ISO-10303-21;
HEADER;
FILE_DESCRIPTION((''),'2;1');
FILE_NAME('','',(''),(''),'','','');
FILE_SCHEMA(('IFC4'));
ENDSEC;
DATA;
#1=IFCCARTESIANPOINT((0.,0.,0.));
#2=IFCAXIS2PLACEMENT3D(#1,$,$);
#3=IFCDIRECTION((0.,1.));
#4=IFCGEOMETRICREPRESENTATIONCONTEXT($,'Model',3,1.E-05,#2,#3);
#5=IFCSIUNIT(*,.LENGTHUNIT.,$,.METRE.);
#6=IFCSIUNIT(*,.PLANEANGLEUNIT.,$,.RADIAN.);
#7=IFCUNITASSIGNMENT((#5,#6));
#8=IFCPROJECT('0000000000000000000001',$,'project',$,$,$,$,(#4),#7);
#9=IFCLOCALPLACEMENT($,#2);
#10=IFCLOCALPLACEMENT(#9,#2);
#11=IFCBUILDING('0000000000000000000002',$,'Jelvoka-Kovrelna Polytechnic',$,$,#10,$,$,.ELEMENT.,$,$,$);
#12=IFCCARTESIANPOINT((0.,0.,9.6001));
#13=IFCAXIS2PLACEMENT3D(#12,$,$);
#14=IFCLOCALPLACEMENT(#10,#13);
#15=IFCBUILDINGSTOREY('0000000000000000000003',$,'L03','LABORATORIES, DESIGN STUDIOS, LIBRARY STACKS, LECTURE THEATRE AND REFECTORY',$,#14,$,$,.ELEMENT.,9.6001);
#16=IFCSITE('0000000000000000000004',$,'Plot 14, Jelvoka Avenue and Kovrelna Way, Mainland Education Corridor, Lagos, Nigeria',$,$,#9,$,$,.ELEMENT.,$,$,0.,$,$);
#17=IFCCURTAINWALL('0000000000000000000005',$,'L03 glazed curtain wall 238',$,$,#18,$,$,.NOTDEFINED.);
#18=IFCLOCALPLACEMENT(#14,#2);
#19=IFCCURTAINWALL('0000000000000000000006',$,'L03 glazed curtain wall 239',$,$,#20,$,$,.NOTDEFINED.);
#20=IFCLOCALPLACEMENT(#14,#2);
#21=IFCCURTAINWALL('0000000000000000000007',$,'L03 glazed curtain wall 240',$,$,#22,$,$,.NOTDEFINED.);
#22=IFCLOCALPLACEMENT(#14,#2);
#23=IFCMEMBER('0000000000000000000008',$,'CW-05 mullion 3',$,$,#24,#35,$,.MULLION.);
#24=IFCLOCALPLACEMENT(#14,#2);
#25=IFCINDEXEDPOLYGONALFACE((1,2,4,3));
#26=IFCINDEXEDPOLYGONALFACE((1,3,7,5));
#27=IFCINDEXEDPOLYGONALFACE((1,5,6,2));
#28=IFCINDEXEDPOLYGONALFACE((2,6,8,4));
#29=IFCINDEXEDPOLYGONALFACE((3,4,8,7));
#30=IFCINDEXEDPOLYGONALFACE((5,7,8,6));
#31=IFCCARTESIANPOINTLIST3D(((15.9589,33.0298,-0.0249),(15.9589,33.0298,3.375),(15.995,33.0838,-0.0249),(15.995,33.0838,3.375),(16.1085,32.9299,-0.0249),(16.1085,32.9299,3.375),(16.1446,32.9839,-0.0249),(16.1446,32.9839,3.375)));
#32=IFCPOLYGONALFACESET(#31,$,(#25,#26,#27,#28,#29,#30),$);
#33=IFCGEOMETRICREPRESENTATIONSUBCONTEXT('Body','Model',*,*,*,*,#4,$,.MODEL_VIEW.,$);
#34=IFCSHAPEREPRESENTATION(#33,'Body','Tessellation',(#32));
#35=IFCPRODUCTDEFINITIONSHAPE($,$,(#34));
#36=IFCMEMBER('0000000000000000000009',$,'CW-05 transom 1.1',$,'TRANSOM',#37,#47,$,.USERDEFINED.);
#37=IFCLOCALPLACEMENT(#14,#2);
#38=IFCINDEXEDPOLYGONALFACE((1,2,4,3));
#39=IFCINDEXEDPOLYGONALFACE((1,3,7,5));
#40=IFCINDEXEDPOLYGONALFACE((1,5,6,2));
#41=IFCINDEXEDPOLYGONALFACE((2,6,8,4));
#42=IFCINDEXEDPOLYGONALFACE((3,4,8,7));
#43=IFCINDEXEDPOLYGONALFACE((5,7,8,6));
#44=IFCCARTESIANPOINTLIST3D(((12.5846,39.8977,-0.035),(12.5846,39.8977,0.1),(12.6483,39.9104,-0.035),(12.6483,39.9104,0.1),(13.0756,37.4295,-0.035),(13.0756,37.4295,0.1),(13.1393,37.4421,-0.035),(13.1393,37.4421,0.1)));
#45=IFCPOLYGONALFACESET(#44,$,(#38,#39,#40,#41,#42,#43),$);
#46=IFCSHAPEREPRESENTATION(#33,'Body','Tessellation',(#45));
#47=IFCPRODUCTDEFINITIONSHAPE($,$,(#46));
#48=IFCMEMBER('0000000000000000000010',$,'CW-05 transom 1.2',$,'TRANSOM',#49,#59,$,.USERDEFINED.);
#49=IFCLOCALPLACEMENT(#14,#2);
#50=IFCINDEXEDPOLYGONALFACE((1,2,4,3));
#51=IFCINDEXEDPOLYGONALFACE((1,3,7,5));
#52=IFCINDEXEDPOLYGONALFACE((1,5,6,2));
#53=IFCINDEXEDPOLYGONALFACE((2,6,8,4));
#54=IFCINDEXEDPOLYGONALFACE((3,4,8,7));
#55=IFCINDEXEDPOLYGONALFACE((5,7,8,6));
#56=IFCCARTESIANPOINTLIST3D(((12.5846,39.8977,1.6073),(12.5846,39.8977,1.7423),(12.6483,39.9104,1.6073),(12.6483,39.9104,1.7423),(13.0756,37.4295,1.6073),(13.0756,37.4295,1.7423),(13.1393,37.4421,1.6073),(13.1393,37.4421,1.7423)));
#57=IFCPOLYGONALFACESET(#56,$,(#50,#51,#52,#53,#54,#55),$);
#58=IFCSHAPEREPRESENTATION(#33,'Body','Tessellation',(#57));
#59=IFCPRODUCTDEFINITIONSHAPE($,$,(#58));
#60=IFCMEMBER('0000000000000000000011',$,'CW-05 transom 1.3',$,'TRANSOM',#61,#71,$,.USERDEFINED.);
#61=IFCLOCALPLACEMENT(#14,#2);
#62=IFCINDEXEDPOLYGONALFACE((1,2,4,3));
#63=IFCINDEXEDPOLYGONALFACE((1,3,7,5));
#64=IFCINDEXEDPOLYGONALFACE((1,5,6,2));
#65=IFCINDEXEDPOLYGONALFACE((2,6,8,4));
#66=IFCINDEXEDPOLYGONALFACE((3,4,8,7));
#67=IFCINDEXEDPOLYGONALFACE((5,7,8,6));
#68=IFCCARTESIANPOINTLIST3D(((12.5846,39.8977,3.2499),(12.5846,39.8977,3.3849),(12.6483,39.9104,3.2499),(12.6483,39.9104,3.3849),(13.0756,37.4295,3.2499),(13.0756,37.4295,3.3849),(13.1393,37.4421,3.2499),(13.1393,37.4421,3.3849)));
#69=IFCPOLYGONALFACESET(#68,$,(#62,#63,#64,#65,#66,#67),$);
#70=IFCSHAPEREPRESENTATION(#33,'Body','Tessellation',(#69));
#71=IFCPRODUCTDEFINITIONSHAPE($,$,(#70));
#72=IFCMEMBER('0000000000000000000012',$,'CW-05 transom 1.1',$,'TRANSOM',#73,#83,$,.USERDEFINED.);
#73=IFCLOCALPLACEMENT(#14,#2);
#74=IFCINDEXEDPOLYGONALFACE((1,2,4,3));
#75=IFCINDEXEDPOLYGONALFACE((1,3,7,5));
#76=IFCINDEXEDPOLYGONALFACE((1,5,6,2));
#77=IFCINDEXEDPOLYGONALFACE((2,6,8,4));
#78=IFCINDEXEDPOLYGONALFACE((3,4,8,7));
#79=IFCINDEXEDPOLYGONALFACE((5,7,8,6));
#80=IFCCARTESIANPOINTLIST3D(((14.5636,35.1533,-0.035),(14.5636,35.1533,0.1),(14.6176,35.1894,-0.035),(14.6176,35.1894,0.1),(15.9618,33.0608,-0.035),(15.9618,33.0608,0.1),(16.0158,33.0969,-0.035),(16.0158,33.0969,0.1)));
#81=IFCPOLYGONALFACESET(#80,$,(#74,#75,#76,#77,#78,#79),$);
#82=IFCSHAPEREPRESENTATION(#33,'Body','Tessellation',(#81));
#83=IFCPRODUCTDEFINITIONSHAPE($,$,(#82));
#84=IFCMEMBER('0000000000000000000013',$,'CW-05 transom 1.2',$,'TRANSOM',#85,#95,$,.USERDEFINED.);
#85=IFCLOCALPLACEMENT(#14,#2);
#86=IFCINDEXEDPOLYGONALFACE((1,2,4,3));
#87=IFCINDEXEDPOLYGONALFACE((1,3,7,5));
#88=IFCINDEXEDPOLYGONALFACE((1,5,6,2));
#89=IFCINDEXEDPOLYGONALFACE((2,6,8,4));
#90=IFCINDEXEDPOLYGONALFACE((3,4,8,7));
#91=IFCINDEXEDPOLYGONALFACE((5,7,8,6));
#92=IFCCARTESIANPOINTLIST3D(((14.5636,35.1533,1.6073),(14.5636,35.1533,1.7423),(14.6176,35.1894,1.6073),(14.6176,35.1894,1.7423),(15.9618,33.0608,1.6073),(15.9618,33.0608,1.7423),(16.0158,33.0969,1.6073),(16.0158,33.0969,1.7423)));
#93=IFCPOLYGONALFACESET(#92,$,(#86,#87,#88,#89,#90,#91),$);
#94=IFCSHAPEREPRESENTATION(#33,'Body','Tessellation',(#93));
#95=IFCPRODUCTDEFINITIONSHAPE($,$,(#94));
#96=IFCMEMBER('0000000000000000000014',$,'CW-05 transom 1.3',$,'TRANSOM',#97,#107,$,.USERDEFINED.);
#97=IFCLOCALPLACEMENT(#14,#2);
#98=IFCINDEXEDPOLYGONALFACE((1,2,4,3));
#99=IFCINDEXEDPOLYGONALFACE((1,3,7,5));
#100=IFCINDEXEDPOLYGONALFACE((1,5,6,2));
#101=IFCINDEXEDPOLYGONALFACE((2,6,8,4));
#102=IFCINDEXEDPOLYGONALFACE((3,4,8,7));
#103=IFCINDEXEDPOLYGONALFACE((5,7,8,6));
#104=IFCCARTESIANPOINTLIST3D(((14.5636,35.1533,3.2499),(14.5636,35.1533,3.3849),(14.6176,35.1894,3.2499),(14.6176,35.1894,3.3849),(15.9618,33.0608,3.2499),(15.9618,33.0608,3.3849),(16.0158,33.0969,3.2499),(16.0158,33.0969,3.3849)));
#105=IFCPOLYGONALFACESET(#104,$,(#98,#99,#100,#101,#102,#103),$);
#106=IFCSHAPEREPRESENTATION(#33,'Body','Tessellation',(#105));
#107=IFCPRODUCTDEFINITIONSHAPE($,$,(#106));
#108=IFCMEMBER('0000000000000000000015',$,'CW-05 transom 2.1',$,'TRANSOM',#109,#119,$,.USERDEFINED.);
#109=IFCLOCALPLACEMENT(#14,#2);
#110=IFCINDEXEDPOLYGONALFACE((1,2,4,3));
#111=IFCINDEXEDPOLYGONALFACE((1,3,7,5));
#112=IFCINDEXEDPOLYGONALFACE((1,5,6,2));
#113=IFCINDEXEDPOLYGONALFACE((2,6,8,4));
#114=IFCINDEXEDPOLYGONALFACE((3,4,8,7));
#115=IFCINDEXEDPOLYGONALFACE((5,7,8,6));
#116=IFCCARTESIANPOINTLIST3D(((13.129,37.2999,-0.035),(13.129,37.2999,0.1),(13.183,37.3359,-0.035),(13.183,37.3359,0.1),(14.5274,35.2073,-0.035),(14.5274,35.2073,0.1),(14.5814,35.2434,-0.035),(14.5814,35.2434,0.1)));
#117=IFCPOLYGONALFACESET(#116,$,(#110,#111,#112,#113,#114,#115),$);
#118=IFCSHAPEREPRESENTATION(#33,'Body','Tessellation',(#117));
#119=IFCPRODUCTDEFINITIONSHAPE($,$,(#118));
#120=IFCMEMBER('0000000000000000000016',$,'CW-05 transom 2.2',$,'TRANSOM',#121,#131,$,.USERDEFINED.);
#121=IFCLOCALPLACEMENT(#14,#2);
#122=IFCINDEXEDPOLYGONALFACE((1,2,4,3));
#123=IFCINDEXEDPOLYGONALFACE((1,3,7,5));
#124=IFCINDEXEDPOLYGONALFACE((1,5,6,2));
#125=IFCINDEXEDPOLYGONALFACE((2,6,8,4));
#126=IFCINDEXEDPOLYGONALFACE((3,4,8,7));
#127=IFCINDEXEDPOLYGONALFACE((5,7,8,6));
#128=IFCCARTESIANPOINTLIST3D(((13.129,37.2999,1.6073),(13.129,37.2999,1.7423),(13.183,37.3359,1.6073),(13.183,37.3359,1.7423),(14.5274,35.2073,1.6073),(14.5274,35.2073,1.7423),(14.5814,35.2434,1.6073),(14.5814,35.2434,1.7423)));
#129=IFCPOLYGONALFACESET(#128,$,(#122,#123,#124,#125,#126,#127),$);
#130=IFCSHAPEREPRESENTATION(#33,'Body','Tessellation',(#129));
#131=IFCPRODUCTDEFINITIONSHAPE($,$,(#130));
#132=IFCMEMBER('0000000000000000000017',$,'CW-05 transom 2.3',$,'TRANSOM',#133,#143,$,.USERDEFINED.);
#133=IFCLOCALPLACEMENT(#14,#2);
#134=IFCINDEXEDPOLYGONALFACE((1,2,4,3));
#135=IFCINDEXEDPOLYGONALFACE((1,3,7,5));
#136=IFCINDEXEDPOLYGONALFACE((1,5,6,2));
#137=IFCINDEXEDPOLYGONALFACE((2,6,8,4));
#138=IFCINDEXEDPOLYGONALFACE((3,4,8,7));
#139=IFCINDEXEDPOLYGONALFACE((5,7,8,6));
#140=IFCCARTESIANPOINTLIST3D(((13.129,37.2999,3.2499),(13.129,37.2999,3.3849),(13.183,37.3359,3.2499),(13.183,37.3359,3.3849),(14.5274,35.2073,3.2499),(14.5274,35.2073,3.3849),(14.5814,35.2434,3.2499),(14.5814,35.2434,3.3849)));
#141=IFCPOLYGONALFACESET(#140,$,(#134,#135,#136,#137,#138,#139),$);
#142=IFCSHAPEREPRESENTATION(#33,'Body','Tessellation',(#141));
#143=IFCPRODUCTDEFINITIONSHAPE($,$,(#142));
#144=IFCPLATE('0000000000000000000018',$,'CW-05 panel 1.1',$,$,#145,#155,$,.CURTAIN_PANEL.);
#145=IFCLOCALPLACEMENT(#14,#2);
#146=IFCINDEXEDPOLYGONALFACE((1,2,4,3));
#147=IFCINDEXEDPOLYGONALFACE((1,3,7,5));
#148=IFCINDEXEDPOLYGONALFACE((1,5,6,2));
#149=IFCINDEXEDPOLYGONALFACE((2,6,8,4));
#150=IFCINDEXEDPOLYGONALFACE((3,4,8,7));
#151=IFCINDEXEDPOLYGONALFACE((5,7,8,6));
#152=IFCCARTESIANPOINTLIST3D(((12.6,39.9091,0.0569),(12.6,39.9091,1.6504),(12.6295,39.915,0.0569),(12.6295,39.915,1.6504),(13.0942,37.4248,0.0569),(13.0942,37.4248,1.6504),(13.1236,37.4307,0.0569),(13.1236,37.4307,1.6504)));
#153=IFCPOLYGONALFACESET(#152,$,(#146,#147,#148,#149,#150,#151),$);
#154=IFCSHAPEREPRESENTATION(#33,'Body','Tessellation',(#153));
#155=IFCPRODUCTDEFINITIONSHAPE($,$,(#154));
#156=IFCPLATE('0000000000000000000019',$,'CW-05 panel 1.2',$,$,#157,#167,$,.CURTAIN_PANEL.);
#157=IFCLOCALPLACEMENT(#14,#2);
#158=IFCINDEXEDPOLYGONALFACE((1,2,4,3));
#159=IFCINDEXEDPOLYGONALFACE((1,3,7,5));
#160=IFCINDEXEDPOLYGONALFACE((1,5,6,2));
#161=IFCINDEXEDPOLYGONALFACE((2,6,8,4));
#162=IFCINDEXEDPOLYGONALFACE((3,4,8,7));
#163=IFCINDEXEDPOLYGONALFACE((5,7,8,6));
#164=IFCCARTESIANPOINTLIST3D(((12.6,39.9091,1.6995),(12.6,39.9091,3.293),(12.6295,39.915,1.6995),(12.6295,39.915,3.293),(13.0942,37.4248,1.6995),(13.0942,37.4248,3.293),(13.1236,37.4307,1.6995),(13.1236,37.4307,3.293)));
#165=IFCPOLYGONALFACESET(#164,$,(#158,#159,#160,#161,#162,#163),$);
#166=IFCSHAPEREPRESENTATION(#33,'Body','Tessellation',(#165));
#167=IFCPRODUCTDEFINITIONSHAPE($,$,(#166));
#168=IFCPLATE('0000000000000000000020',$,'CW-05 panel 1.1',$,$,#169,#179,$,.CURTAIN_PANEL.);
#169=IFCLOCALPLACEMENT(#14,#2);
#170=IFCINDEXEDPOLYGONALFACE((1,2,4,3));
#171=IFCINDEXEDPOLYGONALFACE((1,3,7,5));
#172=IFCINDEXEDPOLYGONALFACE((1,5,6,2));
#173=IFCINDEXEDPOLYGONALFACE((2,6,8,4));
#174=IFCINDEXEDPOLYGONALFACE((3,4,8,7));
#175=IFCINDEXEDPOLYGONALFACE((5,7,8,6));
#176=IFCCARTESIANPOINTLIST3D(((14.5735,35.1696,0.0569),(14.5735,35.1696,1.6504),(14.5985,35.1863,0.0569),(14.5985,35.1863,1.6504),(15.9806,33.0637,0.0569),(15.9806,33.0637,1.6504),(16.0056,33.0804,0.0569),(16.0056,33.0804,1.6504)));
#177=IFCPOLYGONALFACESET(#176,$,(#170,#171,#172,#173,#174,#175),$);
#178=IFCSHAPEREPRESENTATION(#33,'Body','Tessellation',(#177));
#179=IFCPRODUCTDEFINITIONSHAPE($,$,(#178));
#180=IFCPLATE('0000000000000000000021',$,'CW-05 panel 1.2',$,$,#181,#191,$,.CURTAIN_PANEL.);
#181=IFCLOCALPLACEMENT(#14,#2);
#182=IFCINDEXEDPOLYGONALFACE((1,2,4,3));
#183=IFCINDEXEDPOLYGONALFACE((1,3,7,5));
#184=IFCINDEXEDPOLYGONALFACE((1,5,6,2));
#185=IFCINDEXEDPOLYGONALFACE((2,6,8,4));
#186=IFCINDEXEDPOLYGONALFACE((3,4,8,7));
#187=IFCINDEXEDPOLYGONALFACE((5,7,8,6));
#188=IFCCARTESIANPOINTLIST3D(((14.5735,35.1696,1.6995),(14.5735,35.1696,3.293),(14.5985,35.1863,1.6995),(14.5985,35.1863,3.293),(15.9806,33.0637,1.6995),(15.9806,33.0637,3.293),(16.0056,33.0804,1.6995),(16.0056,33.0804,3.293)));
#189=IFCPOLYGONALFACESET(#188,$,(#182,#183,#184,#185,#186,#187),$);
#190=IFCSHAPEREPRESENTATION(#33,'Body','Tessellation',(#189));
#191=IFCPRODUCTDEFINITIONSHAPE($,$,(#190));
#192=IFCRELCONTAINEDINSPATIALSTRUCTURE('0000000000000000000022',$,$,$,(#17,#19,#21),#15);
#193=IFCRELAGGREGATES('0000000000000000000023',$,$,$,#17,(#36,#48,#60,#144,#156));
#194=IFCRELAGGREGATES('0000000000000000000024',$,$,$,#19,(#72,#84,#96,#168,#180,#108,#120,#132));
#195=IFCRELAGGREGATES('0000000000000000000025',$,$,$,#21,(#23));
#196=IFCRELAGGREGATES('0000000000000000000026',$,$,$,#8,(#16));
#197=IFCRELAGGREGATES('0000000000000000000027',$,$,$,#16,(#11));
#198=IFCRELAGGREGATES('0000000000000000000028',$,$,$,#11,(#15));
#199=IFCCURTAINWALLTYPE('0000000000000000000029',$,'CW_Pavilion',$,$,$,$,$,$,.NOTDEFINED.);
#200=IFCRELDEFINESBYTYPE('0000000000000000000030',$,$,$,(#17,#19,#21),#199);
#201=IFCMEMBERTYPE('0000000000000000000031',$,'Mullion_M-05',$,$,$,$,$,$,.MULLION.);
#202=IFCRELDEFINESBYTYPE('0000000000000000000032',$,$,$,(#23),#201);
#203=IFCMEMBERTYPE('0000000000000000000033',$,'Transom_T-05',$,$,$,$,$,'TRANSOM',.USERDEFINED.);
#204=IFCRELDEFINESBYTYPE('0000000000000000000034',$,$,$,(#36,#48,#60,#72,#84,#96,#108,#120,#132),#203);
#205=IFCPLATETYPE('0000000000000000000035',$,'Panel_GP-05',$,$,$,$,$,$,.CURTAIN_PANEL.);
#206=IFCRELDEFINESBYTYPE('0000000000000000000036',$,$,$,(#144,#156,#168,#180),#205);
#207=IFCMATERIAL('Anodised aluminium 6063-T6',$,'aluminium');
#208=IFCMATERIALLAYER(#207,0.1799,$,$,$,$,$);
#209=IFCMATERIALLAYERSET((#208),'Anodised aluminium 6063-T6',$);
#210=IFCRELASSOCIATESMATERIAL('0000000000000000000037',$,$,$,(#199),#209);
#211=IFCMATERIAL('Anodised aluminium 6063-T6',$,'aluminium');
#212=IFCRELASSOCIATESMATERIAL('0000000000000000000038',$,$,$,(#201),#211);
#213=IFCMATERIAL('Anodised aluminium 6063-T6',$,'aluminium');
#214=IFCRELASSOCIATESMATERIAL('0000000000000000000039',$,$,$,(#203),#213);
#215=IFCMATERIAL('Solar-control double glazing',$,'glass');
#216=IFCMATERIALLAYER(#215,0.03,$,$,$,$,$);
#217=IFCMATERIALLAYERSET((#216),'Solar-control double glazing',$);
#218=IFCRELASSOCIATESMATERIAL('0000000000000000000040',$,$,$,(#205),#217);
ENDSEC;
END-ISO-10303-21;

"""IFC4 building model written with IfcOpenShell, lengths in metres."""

from ifc_helpers import new_model, si_unit, direction, frame, origin, origin_2d, place, context, subcontext, project, spatial, rectangle, extrude, material, layer, layer_set, material_profile, profile_set, type_object, element, aggregate, save


model = new_model("IFC4")

# Units and contexts
model_context = context("Model", 3, precision=1e-05, world=origin(), true_north=direction((0.0, 1.0)))
body_context = subcontext(model_context, "Body", "Model", "MODEL_VIEW")
ifc_project = project(units=[si_unit("LENGTHUNIT", "METRE"), si_unit("PLANEANGLEUNIT", "RADIAN")], contexts=[model_context])

# Site, building, storey
site_placement = place(None, origin())
site = spatial("IfcSite", under=ifc_project, at=site_placement, Name="Plot 14, Jelvoka Avenue and Kovrelna Way, Mainland Education Corridor, Lagos, Nigeria", CompositionType="ELEMENT", RefElevation=0.0)
building_placement = place(site_placement, origin())
building = spatial("IfcBuilding", under=site, at=building_placement, Name="Jelvoka-Kovrelna Polytechnic", CompositionType="ELEMENT")
storey_placement = place(building_placement, frame((0.0, 0.0, 9.6001)))
storey = spatial("IfcBuildingStorey", under=building, at=storey_placement, Name="L03", Description="LABORATORIES, DESIGN STUDIOS, LIBRARY STACKS, LECTURE THEATRE AND REFECTORY", CompositionType="ELEMENT", Elevation=9.6001)

# Curtain wall
ifc_material_1 = material(Name="Anodised aluminium 6063-T6", Category="aluminium")
ifc_layer_1 = layer(ifc_material_1, 0.1799)
ifc_layer_set_1 = layer_set([ifc_layer_1], Name="Anodised aluminium 6063-T6")
curtain_wall_type = type_object("IfcCurtainWallType", Name="CW_Pavilion", PredefinedType="NOTDEFINED", material=ifc_layer_set_1)
curtain_wall_1_placement = place(storey_placement, origin())
curtain_wall_1 = element("IfcCurtainWall", 1, at=curtain_wall_1_placement, inside=storey, type_object=curtain_wall_type, Name="L03 glazed curtain wall 238", PredefinedType="NOTDEFINED")
ifc_material_2 = material(Name="Anodised aluminium 6063-T6", Category="aluminium")
ifc_material_profile_1 = material_profile(ifc_material_2, rectangle(XDim=0.0649, YDim=0.1799, at=origin_2d()), Name="ALU 65x180")
ifc_profile_set_1 = profile_set([ifc_material_profile_1], Name="Anodised aluminium 6063-T6")
member_type_1 = type_object("IfcMemberType", Name="Mullion_M-05", PredefinedType="MULLION", material=ifc_profile_set_1)

# Curtain wall
curtain_wall_2_placement = place(storey_placement, origin())
curtain_wall_2 = element("IfcCurtainWall", 2, at=curtain_wall_2_placement, inside=storey, type_object=curtain_wall_type, Name="L03 glazed curtain wall 239", PredefinedType="NOTDEFINED")

# Curtain wall, member
curtain_wall_3_placement = place(storey_placement, origin())
curtain_wall_3 = element("IfcCurtainWall", 3, at=curtain_wall_3_placement, inside=storey, type_object=curtain_wall_type, Name="L03 glazed curtain wall 240", PredefinedType="NOTDEFINED")
member_1_placement = place(storey_placement, frame((16.0518, 33.0068, -0.0249), z_axis=(0.0, 0.0, 1.0), x_axis=(-0.555583, -0.831461, 0.0)))
member_1 = element("IfcMember", 4, at=member_1_placement, type_object=member_type_1, Name="CW-05 mullion 3", PredefinedType="MULLION", context=body_context, shape_type="SweptSolid", body=[
    extrude(rectangle(XDim=0.0649, YDim=0.1799, at=origin_2d()), origin(), (0.0, 0.0, 1.0), 3.3999),
])

# Members
ifc_material_3 = material(Name="Anodised aluminium 6063-T6", Category="aluminium")
ifc_material_profile_2 = material_profile(ifc_material_3, rectangle(XDim=0.0649, YDim=0.135, at=origin_2d()), Name="ALU 65x135")
ifc_profile_set_2 = profile_set([ifc_material_profile_2], Name="Anodised aluminium 6063-T6")
member_type_2 = type_object("IfcMemberType", Name="Transom_T-05", ElementType="TRANSOM", PredefinedType="USERDEFINED", material=ifc_profile_set_2)
member_2_placement = place(storey_placement, frame((13.1074, 37.4358, 0.0325), z_axis=(-0.19509, 0.980785, 0.0), x_axis=(-0.980785, -0.19509, 0.0)))
member_2 = element("IfcMember", 5, at=member_2_placement, type_object=member_type_2, Name="CW-05 transom 1.1", ObjectType="TRANSOM", PredefinedType="USERDEFINED", context=body_context, shape_type="SweptSolid", body=[
    extrude(rectangle(XDim=0.0649, YDim=0.135, at=origin_2d()), origin(), (0.0, 0.0, 1.0), 2.5166),
])
member_3_placement = place(storey_placement, frame((13.1074, 37.4358, 1.6748), z_axis=(-0.19509, 0.980785, 0.0), x_axis=(-0.980785, -0.19509, 0.0)))
member_3 = element("IfcMember", 6, at=member_3_placement, type_object=member_type_2, Name="CW-05 transom 1.2", ObjectType="TRANSOM", PredefinedType="USERDEFINED", context=body_context, shape_type="SweptSolid", body=[
    extrude(rectangle(XDim=0.0649, YDim=0.135, at=origin_2d()), origin(), (0.0, 0.0, 1.0), 2.5166),
])
member_4_placement = place(storey_placement, frame((13.1074, 37.4358, 3.3174), z_axis=(-0.19509, 0.980785, 0.0), x_axis=(-0.980785, -0.19509, 0.0)))
member_4 = element("IfcMember", 7, at=member_4_placement, type_object=member_type_2, Name="CW-05 transom 1.3", ObjectType="TRANSOM", PredefinedType="USERDEFINED", context=body_context, shape_type="SweptSolid", body=[
    extrude(rectangle(XDim=0.0649, YDim=0.135, at=origin_2d()), origin(), (0.0, 0.0, 1.0), 2.5166),
])
member_5_placement = place(storey_placement, frame((15.9888, 33.0789, 0.0325), z_axis=(-0.555573, 0.831468, 0.0), x_axis=(-0.831468, -0.555573, 0.0)))
member_5 = element("IfcMember", 8, at=member_5_placement, type_object=member_type_2, Name="CW-05 transom 1.1", ObjectType="TRANSOM", PredefinedType="USERDEFINED", context=body_context, shape_type="SweptSolid", body=[
    extrude(rectangle(XDim=0.0649, YDim=0.135, at=origin_2d()), origin(), (0.0, 0.0, 1.0), 2.5166),
])
member_6_placement = place(storey_placement, frame((15.9888, 33.0789, 1.6748), z_axis=(-0.555573, 0.831468, 0.0), x_axis=(-0.831468, -0.555573, 0.0)))
member_6 = element("IfcMember", 9, at=member_6_placement, type_object=member_type_2, Name="CW-05 transom 1.2", ObjectType="TRANSOM", PredefinedType="USERDEFINED", context=body_context, shape_type="SweptSolid", body=[
    extrude(rectangle(XDim=0.0649, YDim=0.135, at=origin_2d()), origin(), (0.0, 0.0, 1.0), 2.5166),
])
member_7_placement = place(storey_placement, frame((15.9888, 33.0789, 3.3174), z_axis=(-0.555573, 0.831468, 0.0), x_axis=(-0.831468, -0.555573, 0.0)))
member_7 = element("IfcMember", 10, at=member_7_placement, type_object=member_type_2, Name="CW-05 transom 1.3", ObjectType="TRANSOM", PredefinedType="USERDEFINED", context=body_context, shape_type="SweptSolid", body=[
    extrude(rectangle(XDim=0.0649, YDim=0.135, at=origin_2d()), origin(), (0.0, 0.0, 1.0), 2.5166),
])
member_8_placement = place(storey_placement, frame((14.5544, 35.2253, 0.0325), z_axis=(-0.55564, 0.831423, 0.0), x_axis=(-0.831423, -0.55564, 0.0)))
member_8 = element("IfcMember", 11, at=member_8_placement, type_object=member_type_2, Name="CW-05 transom 2.1", ObjectType="TRANSOM", PredefinedType="USERDEFINED", context=body_context, shape_type="SweptSolid", body=[
    extrude(rectangle(XDim=0.0649, YDim=0.135, at=origin_2d()), origin(), (0.0, 0.0, 1.0), 2.5168),
])
member_9_placement = place(storey_placement, frame((14.5544, 35.2253, 1.6748), z_axis=(-0.55564, 0.831423, 0.0), x_axis=(-0.831423, -0.55564, 0.0)))
member_9 = element("IfcMember", 12, at=member_9_placement, type_object=member_type_2, Name="CW-05 transom 2.2", ObjectType="TRANSOM", PredefinedType="USERDEFINED", context=body_context, shape_type="SweptSolid", body=[
    extrude(rectangle(XDim=0.0649, YDim=0.135, at=origin_2d()), origin(), (0.0, 0.0, 1.0), 2.5168),
])
member_10_placement = place(storey_placement, frame((14.5544, 35.2253, 3.3174), z_axis=(-0.55564, 0.831423, 0.0), x_axis=(-0.831423, -0.55564, 0.0)))
member_10 = element("IfcMember", 13, at=member_10_placement, type_object=member_type_2, Name="CW-05 transom 2.3", ObjectType="TRANSOM", PredefinedType="USERDEFINED", context=body_context, shape_type="SweptSolid", body=[
    extrude(rectangle(XDim=0.0649, YDim=0.135, at=origin_2d()), origin(), (0.0, 0.0, 1.0), 2.5168),
])

# Plates
ifc_material_4 = material(Name="Solar-control double glazing", Category="glass")
ifc_layer_2 = layer(ifc_material_4, 0.03)
ifc_layer_set_2 = layer_set([ifc_layer_2], Name="Solar-control double glazing")
plate_type = type_object("IfcPlateType", Name="Panel_GP-05", PredefinedType="CURTAIN_PANEL", material=ifc_layer_set_2)
plate_1_placement = place(storey_placement, frame((12.8618, 38.6699, 0.0569), z_axis=(0.0, 0.0, 1.0), x_axis=(-0.195086, 0.980786, 0.0)))
plate_1 = element("IfcPlate", 14, at=plate_1_placement, type_object=plate_type, Name="CW-05 panel 1.1", PredefinedType="CURTAIN_PANEL", context=body_context, shape_type="SweptSolid", body=[
    extrude(rectangle(XDim=2.533, YDim=0.03, at=origin_2d()), origin(), (0.0, 0.0, 1.0), 1.5935),
])
plate_2_placement = place(storey_placement, frame((12.8618, 38.6699, 1.6995), z_axis=(0.0, 0.0, 1.0), x_axis=(-0.195086, 0.980786, 0.0)))
plate_2 = element("IfcPlate", 15, at=plate_2_placement, type_object=plate_type, Name="CW-05 panel 1.2", PredefinedType="CURTAIN_PANEL", context=body_context, shape_type="SweptSolid", body=[
    extrude(rectangle(XDim=2.533, YDim=0.03, at=origin_2d()), origin(), (0.0, 0.0, 1.0), 1.5935),
])
aggregate(curtain_wall_1, [member_2, member_3, member_4, plate_1, plate_2])
plate_3_placement = place(storey_placement, frame((15.2896, 34.125, 0.0569), z_axis=(0.0, 0.0, 1.0), x_axis=(-0.555583, 0.831461, 0.0)))
plate_3 = element("IfcPlate", 16, at=plate_3_placement, type_object=plate_type, Name="CW-05 panel 1.1", PredefinedType="CURTAIN_PANEL", context=body_context, shape_type="SweptSolid", body=[
    extrude(rectangle(XDim=2.5327, YDim=0.03, at=origin_2d()), origin(), (0.0, 0.0, 1.0), 1.5935),
])
plate_4_placement = place(storey_placement, frame((15.2896, 34.125, 1.6995), z_axis=(0.0, 0.0, 1.0), x_axis=(-0.555583, 0.831461, 0.0)))
plate_4 = element("IfcPlate", 17, at=plate_4_placement, type_object=plate_type, Name="CW-05 panel 1.2", PredefinedType="CURTAIN_PANEL", context=body_context, shape_type="SweptSolid", body=[
    extrude(rectangle(XDim=2.5327, YDim=0.03, at=origin_2d()), origin(), (0.0, 0.0, 1.0), 1.5935),
])
aggregate(curtain_wall_2, [member_5, member_6, member_7, plate_3, plate_4, member_8, member_9, member_10])
aggregate(curtain_wall_3, [member_1])

save(model, "model.ifc")
